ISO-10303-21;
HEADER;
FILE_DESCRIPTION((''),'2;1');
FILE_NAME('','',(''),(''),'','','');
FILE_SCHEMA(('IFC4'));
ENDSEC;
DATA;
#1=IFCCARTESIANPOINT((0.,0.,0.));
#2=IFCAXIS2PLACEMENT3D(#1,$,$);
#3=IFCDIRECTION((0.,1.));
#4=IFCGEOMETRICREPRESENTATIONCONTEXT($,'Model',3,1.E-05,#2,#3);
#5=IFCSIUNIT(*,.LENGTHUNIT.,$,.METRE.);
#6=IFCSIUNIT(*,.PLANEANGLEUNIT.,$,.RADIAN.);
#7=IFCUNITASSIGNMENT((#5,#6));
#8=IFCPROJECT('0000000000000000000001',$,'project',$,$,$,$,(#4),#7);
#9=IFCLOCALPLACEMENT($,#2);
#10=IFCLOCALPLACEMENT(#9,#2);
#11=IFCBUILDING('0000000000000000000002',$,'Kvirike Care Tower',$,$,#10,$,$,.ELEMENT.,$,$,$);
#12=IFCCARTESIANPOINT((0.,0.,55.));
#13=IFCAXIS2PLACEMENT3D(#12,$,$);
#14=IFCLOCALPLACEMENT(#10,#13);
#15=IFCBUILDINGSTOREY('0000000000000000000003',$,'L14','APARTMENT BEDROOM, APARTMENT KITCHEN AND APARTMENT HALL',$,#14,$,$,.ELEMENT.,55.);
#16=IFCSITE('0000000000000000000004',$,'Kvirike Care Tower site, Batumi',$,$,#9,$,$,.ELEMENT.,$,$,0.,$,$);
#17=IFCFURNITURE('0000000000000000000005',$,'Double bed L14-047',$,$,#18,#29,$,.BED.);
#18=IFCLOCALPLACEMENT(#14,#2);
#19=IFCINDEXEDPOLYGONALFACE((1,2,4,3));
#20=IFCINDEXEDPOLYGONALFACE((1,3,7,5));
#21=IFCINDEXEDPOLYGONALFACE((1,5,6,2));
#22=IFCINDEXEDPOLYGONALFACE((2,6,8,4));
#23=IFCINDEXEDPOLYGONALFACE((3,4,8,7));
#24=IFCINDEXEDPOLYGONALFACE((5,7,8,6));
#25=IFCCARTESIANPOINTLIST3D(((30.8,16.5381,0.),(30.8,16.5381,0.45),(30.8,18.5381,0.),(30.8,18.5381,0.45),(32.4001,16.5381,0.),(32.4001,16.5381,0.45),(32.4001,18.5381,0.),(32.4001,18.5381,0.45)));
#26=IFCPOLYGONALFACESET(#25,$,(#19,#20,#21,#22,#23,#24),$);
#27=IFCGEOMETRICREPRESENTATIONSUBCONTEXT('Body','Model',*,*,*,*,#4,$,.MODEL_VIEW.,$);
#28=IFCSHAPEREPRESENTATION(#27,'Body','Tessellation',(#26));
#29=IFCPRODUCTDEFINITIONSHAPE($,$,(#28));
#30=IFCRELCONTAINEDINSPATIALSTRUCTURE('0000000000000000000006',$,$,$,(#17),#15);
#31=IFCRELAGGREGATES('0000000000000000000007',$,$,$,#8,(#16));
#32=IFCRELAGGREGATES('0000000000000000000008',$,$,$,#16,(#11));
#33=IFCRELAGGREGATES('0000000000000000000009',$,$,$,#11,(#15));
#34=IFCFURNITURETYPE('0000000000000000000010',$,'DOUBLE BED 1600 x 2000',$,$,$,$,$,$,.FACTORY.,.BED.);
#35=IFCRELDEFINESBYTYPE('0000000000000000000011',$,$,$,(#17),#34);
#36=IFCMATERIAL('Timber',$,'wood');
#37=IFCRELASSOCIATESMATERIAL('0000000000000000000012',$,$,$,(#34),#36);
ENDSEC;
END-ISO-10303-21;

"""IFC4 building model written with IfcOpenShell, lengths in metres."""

from ifc_helpers import new_model, si_unit, direction, frame, origin, origin_2d, place, context, subcontext, project, spatial, rectangle, extrude, material, type_object, element, save


model = new_model("IFC4")

# Units and contexts
model_context = context("Model", 3, precision=1e-05, world=origin(), true_north=direction((0.0, 1.0)))
body_context = subcontext(model_context, "Body", "Model", "MODEL_VIEW")
ifc_project = project(units=[si_unit("LENGTHUNIT", "METRE"), si_unit("PLANEANGLEUNIT", "RADIAN")], contexts=[model_context])

# Site, building, storey
site_placement = place(None, origin())
site = spatial("IfcSite", under=ifc_project, at=site_placement, Name="Kvirike Care Tower site, Batumi", CompositionType="ELEMENT", RefElevation=0.0)
building_placement = place(site_placement, origin())
building = spatial("IfcBuilding", under=site, at=building_placement, Name="Kvirike Care Tower", CompositionType="ELEMENT")
storey_placement = place(building_placement, frame((0.0, 0.0, 55.0)))
storey = spatial("IfcBuildingStorey", under=building, at=storey_placement, Name="L14", Description="APARTMENT BEDROOM, APARTMENT KITCHEN AND APARTMENT HALL", CompositionType="ELEMENT", Elevation=55.0)

# Furniture
ifc_material_1 = material(Name="Timber", Category="wood")
furniture_type = type_object("IfcFurnitureType", Name="DOUBLE BED 1600 x 2000", AssemblyPlace="FACTORY", PredefinedType="BED", material=ifc_material_1)
furniture_placement = place(storey_placement, frame((31.6001, 17.5381, 0.0), z_axis=(0.0, 0.0, 1.0), x_axis=(1.0, 0.0, 0.0)))
element("IfcFurniture", 1, at=furniture_placement, inside=storey, type_object=furniture_type, Name="Double bed L14-047", PredefinedType="BED", context=body_context, shape_type="SweptSolid", body=[
    extrude(rectangle(XDim=1.6001, YDim=2.0, at=origin_2d()), origin(), (0.0, 0.0, 1.0), 0.45),
])

save(model, "model.ifc")
